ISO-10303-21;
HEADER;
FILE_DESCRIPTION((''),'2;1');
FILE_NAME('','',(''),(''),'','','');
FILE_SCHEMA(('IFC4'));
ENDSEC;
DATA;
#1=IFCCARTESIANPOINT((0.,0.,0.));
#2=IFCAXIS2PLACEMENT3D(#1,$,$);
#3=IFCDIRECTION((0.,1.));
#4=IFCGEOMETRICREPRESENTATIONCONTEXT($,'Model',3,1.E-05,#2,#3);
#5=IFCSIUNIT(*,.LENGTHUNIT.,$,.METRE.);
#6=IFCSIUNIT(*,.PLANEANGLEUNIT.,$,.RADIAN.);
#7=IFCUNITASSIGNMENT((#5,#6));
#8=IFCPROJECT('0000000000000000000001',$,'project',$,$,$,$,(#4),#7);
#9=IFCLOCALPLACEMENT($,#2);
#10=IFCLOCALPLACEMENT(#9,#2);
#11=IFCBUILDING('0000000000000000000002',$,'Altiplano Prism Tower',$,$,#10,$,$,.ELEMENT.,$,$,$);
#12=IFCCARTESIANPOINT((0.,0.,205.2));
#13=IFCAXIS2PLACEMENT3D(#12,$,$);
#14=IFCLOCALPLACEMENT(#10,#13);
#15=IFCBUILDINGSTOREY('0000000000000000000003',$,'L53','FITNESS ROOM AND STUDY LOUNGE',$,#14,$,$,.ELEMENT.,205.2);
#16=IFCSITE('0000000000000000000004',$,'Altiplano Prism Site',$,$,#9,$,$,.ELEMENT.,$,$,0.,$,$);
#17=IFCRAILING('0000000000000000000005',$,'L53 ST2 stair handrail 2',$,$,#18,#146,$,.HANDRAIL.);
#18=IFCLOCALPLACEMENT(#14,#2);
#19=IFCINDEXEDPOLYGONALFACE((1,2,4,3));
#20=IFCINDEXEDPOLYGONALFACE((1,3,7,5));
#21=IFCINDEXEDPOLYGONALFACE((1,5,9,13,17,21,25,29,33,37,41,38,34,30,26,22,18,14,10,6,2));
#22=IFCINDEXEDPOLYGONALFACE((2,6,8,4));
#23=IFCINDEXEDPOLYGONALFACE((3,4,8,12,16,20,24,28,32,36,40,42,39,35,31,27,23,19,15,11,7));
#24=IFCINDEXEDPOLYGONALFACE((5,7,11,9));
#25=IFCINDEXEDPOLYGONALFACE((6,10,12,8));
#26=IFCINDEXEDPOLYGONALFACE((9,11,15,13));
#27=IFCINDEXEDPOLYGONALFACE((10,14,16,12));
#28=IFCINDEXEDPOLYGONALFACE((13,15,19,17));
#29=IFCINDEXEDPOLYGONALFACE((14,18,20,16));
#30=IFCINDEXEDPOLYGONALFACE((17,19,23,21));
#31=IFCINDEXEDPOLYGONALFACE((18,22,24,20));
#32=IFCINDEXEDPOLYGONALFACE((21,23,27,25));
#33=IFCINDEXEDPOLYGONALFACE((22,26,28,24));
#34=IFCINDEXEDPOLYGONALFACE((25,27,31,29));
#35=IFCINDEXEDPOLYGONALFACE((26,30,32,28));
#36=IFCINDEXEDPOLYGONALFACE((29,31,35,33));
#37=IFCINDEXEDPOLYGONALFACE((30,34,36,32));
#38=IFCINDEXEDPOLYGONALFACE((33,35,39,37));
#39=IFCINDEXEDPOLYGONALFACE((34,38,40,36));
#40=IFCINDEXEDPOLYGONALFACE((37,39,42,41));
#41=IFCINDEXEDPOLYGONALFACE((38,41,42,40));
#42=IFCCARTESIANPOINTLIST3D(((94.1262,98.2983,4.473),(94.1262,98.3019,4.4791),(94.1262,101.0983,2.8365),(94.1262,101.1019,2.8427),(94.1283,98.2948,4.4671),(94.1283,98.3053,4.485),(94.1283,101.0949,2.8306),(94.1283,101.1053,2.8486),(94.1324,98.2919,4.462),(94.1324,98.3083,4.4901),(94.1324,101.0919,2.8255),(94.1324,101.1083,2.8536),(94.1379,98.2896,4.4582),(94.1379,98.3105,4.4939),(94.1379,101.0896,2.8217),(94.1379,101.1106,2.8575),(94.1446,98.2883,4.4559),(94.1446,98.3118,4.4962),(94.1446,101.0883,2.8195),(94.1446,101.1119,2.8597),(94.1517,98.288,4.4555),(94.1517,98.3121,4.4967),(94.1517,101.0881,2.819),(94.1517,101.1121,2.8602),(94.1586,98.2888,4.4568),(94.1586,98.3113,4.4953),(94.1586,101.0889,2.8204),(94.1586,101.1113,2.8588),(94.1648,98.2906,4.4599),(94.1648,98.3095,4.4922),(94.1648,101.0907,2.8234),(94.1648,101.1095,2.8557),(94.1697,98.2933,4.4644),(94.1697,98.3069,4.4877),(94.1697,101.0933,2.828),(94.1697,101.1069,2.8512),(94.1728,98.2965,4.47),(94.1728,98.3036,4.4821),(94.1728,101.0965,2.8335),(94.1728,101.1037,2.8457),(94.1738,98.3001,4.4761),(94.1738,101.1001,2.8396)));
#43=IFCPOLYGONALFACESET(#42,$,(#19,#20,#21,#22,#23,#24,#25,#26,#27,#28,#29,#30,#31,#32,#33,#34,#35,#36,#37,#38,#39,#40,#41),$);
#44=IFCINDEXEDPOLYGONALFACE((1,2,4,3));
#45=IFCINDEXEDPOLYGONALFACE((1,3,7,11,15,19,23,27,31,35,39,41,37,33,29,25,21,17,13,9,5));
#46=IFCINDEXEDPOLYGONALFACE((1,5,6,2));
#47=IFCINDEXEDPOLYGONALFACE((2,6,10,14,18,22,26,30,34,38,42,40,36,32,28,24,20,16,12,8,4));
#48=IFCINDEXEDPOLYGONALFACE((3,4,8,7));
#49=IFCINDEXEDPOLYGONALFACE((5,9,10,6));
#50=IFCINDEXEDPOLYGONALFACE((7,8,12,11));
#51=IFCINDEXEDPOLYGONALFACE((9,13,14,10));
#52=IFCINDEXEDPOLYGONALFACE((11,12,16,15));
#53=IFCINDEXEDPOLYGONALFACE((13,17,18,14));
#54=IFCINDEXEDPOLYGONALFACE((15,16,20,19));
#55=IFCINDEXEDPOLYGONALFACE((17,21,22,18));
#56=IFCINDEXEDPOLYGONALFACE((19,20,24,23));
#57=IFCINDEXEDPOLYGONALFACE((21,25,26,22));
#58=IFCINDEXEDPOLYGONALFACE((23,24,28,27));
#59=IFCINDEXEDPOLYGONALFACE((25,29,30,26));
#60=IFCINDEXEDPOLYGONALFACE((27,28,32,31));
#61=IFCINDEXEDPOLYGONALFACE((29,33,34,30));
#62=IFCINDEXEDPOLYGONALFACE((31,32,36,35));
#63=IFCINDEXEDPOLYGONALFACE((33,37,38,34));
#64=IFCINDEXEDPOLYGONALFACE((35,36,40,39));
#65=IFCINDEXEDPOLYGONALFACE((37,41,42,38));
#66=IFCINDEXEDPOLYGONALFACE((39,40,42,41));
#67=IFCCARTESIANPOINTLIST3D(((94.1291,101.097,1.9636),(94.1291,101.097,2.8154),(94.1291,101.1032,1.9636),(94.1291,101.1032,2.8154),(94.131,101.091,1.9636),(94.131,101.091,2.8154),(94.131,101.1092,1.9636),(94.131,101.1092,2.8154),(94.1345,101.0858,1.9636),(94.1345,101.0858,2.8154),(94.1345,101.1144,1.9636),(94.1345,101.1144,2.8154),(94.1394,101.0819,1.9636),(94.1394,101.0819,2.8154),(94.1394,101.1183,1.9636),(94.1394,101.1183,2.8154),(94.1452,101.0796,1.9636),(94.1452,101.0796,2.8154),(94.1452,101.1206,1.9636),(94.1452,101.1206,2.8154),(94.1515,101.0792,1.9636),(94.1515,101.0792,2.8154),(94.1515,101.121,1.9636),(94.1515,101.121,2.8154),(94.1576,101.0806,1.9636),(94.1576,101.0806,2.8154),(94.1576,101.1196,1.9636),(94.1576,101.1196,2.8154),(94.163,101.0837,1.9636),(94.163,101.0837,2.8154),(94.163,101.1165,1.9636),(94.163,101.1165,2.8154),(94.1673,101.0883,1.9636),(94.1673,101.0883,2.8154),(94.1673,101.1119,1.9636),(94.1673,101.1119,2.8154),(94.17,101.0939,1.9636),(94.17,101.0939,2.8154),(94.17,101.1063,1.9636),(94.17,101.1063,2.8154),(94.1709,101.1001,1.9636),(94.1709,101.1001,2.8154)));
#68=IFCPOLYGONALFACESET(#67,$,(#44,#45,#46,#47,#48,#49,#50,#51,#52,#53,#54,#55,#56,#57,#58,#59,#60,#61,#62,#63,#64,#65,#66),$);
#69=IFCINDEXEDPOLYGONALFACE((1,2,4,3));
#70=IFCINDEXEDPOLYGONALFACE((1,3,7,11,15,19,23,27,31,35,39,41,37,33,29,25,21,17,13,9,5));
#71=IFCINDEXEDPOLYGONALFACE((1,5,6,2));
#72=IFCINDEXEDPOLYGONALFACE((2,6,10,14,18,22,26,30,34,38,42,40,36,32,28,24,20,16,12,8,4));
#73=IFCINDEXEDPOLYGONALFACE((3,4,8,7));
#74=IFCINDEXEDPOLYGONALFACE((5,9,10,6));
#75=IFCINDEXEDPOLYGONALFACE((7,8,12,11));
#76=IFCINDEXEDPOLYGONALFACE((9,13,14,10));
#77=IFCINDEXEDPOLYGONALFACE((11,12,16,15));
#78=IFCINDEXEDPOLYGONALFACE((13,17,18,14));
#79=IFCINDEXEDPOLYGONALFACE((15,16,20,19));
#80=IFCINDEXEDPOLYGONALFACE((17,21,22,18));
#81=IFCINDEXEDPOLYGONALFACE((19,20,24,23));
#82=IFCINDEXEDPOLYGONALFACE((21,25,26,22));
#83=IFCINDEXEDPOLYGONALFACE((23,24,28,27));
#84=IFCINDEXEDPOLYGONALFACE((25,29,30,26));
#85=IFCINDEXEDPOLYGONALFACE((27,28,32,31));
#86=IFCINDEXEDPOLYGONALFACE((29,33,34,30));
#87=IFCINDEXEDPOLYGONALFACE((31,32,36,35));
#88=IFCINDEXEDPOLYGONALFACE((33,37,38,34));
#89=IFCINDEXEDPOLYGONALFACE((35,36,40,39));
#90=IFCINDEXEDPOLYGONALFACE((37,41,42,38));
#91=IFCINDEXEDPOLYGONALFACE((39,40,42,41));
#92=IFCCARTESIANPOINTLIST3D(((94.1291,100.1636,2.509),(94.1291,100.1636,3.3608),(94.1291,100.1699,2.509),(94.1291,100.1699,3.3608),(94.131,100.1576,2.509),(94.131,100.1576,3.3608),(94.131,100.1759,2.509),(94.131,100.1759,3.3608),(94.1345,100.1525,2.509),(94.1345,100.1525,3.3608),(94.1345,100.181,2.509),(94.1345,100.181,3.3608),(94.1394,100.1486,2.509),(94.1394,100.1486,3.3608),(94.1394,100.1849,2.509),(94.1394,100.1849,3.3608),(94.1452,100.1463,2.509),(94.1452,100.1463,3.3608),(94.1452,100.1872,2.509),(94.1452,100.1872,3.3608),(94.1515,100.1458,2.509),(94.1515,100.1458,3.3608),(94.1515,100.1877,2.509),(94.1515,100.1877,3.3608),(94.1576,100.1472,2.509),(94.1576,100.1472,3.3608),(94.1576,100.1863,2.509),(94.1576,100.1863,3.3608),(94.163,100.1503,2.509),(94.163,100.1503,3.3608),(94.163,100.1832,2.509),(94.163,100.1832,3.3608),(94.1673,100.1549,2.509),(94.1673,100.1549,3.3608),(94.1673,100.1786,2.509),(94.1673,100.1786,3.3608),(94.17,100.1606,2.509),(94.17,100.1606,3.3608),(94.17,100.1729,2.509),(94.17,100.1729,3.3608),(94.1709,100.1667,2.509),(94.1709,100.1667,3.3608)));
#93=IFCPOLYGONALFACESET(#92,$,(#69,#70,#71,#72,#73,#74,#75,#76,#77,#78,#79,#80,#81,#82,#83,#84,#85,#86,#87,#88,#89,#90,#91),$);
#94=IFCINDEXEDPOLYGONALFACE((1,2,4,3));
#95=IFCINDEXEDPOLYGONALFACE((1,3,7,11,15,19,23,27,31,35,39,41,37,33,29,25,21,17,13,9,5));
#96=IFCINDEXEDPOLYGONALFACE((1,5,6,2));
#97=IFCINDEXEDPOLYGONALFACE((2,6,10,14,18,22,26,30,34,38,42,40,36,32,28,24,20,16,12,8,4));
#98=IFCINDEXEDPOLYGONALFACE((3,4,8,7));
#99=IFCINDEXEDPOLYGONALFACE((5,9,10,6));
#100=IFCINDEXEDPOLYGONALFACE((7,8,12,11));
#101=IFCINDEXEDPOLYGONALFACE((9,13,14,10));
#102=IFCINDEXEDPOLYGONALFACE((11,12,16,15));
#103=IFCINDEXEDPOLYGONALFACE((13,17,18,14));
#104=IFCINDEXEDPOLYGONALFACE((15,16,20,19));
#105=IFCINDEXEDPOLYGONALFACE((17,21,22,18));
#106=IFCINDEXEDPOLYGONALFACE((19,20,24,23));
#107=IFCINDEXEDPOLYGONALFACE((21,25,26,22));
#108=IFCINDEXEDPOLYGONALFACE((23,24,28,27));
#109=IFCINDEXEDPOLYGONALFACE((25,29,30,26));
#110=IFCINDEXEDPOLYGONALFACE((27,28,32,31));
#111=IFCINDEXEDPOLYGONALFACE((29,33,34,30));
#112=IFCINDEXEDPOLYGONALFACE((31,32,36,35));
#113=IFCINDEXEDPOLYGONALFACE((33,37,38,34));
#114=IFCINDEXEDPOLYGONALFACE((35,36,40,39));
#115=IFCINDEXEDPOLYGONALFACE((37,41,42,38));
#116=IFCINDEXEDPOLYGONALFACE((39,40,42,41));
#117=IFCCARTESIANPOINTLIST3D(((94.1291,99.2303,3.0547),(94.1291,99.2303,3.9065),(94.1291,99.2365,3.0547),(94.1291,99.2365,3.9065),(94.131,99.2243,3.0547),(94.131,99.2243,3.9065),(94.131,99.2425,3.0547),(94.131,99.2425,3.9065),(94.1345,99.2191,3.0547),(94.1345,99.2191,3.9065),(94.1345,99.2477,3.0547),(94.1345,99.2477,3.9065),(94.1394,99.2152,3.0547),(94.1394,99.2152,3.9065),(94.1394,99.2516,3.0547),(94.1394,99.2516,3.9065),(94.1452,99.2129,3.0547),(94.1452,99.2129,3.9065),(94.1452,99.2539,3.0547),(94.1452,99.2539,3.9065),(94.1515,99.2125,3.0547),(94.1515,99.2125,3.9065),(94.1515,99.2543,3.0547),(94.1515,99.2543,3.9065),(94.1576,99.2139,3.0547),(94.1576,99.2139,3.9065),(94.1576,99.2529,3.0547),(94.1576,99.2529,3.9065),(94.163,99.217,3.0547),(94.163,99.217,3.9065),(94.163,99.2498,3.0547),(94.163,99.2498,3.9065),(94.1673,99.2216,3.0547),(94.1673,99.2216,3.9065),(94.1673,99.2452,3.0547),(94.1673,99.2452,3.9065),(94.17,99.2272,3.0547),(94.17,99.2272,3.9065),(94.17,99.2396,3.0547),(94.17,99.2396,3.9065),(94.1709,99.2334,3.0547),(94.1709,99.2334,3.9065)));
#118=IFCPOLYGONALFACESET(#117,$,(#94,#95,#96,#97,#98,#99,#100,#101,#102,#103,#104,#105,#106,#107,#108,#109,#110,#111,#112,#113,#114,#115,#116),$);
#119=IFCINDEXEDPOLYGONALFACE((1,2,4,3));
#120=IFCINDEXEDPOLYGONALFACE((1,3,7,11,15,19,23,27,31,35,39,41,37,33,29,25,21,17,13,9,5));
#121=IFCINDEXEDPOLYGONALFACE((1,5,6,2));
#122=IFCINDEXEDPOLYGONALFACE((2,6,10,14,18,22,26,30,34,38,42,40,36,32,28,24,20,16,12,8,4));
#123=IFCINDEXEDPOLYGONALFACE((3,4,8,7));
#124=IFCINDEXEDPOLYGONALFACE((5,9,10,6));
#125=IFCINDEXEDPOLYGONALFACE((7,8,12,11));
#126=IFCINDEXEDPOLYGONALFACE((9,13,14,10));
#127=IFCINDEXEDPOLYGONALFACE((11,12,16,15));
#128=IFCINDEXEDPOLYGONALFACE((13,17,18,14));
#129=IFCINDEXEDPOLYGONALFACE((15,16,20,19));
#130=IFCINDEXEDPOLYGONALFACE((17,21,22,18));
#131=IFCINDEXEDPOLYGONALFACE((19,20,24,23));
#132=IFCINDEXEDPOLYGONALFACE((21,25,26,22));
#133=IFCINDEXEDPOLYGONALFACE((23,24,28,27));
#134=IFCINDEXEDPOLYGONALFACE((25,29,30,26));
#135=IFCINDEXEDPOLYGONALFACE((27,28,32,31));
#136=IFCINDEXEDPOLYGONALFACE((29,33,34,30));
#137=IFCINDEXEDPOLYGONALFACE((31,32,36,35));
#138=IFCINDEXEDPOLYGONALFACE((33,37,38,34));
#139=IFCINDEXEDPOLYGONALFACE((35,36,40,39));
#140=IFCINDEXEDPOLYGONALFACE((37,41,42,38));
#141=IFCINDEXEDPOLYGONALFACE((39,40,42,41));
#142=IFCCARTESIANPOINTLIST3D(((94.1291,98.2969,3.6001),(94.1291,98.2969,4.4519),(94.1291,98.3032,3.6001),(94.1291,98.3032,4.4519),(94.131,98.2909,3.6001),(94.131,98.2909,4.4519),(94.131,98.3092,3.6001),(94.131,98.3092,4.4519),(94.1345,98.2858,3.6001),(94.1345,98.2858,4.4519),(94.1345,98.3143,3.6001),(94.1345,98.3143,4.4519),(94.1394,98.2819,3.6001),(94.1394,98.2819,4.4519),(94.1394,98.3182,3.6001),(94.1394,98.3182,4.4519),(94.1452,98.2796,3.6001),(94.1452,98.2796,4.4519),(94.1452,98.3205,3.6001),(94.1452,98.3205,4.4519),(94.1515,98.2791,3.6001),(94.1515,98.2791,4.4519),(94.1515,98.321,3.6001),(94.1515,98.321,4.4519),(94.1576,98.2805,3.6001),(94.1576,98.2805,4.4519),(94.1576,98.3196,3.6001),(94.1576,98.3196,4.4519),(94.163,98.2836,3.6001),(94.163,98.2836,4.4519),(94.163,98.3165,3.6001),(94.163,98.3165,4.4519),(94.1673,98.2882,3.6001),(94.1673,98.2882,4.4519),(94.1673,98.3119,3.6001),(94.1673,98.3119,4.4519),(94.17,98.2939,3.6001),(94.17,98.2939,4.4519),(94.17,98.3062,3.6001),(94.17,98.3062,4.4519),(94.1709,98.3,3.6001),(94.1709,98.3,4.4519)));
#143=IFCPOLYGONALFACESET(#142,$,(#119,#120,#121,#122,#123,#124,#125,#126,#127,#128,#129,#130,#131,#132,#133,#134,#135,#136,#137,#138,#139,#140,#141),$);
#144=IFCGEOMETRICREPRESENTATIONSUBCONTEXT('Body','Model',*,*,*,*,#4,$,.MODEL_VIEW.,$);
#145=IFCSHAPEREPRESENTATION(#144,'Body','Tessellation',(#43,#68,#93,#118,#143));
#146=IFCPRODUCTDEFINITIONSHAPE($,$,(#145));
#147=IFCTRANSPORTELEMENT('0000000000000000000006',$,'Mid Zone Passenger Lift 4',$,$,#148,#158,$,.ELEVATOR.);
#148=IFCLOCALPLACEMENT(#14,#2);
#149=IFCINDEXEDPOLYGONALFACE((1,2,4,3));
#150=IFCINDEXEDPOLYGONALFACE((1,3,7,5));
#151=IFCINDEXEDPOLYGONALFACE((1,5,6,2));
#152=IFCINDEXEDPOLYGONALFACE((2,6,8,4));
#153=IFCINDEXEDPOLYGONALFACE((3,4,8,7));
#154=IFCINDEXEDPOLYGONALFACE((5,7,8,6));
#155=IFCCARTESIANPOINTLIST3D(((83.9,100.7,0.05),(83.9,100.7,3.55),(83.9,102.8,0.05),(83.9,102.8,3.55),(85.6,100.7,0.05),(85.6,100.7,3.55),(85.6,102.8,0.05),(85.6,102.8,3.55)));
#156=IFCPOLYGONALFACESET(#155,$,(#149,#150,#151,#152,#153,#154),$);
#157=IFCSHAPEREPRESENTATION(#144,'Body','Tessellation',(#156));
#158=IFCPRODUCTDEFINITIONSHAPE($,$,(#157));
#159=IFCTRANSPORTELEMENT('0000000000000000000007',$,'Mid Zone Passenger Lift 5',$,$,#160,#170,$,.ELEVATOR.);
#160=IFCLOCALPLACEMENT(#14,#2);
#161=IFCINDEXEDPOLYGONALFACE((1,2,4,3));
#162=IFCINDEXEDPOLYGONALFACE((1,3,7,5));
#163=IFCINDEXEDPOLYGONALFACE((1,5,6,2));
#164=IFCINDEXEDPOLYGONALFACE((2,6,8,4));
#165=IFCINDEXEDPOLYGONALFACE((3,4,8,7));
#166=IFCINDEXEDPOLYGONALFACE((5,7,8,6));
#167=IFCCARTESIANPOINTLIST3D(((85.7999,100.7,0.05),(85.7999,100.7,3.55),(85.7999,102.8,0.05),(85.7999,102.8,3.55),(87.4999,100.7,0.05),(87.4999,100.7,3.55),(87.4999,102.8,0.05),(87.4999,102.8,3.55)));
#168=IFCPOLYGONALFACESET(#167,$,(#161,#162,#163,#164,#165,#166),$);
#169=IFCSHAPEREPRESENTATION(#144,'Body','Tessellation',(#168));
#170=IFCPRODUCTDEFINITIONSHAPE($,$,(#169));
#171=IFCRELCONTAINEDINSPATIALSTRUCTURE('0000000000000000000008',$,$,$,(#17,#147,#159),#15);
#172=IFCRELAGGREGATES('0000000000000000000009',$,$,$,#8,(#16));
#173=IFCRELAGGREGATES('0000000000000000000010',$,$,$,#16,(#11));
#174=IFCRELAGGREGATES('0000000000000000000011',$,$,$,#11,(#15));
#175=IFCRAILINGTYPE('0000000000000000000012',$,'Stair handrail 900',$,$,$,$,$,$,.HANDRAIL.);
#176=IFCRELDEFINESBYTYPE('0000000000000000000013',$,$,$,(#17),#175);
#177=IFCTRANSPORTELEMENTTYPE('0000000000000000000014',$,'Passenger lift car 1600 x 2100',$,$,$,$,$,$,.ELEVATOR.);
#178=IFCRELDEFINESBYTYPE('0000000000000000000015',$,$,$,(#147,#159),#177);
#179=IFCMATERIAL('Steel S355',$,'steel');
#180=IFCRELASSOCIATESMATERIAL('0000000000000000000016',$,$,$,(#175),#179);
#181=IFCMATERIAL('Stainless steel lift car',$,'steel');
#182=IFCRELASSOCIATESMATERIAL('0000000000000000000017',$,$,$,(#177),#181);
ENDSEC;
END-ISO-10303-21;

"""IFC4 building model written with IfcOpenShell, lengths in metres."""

from ifc_helpers import new_model, si_unit, direction, frame, origin, origin_2d, place, context, subcontext, project, spatial, rectangle, circle, extrude, material, type_object, element, save


model = new_model("IFC4")

# Units and contexts
model_context = context("Model", 3, precision=1e-05, world=origin(), true_north=direction((0.0, 1.0)))
body_context = subcontext(model_context, "Body", "Model", "MODEL_VIEW")
ifc_project = project(units=[si_unit("LENGTHUNIT", "METRE"), si_unit("PLANEANGLEUNIT", "RADIAN")], contexts=[model_context])

# Site, building, storey
site_placement = place(None, origin())
site = spatial("IfcSite", under=ifc_project, at=site_placement, Name="Altiplano Prism Site", CompositionType="ELEMENT", RefElevation=0.0)
building_placement = place(site_placement, origin())
building = spatial("IfcBuilding", under=site, at=building_placement, Name="Altiplano Prism Tower", CompositionType="ELEMENT")
storey_placement = place(building_placement, frame((0.0, 0.0, 205.2)))
storey = spatial("IfcBuildingStorey", under=building, at=storey_placement, Name="L53", Description="FITNESS ROOM AND STUDY LOUNGE", CompositionType="ELEMENT", Elevation=205.2)

# Railing
ifc_material_1 = material(Name="Steel S355", Category="steel")
railing_type_1 = type_object("IfcRailingType", Name="Stair handrail 900", PredefinedType="HANDRAIL", material=ifc_material_1)
railing_1_placement = place(storey_placement, frame((94.1499, 101.1001, 1.9636)))
element("IfcRailing", 1, at=railing_1_placement, inside=storey, type_object=railing_type_1, Name="L53 ST2 stair handrail 2", PredefinedType="HANDRAIL", context=body_context, shape_type="SweptSolid", body=[
    extrude(circle(Radius=0.0239, at=origin_2d()), frame((0.0, 0.0, 0.876), z_axis=(0.0, -0.863361, 0.504587), x_axis=(1.0, 0.0, 0.0)), (0.0, 0.0, 1.0), 3.2432),
    extrude(circle(Radius=0.021, at=origin_2d()), origin(), (0.0, 0.0, 1.0), 0.8518),
    extrude(circle(Radius=0.021, at=origin_2d()), frame((0.0, -0.9333, 0.5454)), (0.0, 0.0, 1.0), 0.8518),
    extrude(circle(Radius=0.021, at=origin_2d()), frame((0.0, -1.8667, 1.0911)), (0.0, 0.0, 1.0), 0.8518),
    extrude(circle(Radius=0.021, at=origin_2d()), frame((0.0, -2.8, 1.6365)), (0.0, 0.0, 1.0), 0.8518),
])

# Transport elements
ifc_material_2 = material(Name="Stainless steel lift car", Category="steel")
transport_element_type = type_object("IfcTransportElementType", Name="Passenger lift car 1600 x 2100", PredefinedType="ELEVATOR", material=ifc_material_2)
for number, where, z_axis, x_axis, name in (
    (2, (84.75, 101.75, 0.05), (0.0, 0.0, 1.0), (1.0, 0.0, 0.0), "Mid Zone Passenger Lift 4"),
    (3, (86.6499, 101.75, 0.05), (0.0, 0.0, 1.0), (1.0, 0.0, 0.0), "Mid Zone Passenger Lift 5"),
):
    element("IfcTransportElement", number, at=place(storey_placement, frame(where, z_axis=z_axis, x_axis=x_axis)), inside=storey, type_object=transport_element_type, Name=name, PredefinedType="ELEVATOR", context=body_context, shape_type="SweptSolid", body=[
        extrude(rectangle(XDim=1.7, YDim=2.1001, at=origin_2d()), origin(), (0.0, 0.0, 1.0), 3.5),
    ])

save(model, "model.ifc")
